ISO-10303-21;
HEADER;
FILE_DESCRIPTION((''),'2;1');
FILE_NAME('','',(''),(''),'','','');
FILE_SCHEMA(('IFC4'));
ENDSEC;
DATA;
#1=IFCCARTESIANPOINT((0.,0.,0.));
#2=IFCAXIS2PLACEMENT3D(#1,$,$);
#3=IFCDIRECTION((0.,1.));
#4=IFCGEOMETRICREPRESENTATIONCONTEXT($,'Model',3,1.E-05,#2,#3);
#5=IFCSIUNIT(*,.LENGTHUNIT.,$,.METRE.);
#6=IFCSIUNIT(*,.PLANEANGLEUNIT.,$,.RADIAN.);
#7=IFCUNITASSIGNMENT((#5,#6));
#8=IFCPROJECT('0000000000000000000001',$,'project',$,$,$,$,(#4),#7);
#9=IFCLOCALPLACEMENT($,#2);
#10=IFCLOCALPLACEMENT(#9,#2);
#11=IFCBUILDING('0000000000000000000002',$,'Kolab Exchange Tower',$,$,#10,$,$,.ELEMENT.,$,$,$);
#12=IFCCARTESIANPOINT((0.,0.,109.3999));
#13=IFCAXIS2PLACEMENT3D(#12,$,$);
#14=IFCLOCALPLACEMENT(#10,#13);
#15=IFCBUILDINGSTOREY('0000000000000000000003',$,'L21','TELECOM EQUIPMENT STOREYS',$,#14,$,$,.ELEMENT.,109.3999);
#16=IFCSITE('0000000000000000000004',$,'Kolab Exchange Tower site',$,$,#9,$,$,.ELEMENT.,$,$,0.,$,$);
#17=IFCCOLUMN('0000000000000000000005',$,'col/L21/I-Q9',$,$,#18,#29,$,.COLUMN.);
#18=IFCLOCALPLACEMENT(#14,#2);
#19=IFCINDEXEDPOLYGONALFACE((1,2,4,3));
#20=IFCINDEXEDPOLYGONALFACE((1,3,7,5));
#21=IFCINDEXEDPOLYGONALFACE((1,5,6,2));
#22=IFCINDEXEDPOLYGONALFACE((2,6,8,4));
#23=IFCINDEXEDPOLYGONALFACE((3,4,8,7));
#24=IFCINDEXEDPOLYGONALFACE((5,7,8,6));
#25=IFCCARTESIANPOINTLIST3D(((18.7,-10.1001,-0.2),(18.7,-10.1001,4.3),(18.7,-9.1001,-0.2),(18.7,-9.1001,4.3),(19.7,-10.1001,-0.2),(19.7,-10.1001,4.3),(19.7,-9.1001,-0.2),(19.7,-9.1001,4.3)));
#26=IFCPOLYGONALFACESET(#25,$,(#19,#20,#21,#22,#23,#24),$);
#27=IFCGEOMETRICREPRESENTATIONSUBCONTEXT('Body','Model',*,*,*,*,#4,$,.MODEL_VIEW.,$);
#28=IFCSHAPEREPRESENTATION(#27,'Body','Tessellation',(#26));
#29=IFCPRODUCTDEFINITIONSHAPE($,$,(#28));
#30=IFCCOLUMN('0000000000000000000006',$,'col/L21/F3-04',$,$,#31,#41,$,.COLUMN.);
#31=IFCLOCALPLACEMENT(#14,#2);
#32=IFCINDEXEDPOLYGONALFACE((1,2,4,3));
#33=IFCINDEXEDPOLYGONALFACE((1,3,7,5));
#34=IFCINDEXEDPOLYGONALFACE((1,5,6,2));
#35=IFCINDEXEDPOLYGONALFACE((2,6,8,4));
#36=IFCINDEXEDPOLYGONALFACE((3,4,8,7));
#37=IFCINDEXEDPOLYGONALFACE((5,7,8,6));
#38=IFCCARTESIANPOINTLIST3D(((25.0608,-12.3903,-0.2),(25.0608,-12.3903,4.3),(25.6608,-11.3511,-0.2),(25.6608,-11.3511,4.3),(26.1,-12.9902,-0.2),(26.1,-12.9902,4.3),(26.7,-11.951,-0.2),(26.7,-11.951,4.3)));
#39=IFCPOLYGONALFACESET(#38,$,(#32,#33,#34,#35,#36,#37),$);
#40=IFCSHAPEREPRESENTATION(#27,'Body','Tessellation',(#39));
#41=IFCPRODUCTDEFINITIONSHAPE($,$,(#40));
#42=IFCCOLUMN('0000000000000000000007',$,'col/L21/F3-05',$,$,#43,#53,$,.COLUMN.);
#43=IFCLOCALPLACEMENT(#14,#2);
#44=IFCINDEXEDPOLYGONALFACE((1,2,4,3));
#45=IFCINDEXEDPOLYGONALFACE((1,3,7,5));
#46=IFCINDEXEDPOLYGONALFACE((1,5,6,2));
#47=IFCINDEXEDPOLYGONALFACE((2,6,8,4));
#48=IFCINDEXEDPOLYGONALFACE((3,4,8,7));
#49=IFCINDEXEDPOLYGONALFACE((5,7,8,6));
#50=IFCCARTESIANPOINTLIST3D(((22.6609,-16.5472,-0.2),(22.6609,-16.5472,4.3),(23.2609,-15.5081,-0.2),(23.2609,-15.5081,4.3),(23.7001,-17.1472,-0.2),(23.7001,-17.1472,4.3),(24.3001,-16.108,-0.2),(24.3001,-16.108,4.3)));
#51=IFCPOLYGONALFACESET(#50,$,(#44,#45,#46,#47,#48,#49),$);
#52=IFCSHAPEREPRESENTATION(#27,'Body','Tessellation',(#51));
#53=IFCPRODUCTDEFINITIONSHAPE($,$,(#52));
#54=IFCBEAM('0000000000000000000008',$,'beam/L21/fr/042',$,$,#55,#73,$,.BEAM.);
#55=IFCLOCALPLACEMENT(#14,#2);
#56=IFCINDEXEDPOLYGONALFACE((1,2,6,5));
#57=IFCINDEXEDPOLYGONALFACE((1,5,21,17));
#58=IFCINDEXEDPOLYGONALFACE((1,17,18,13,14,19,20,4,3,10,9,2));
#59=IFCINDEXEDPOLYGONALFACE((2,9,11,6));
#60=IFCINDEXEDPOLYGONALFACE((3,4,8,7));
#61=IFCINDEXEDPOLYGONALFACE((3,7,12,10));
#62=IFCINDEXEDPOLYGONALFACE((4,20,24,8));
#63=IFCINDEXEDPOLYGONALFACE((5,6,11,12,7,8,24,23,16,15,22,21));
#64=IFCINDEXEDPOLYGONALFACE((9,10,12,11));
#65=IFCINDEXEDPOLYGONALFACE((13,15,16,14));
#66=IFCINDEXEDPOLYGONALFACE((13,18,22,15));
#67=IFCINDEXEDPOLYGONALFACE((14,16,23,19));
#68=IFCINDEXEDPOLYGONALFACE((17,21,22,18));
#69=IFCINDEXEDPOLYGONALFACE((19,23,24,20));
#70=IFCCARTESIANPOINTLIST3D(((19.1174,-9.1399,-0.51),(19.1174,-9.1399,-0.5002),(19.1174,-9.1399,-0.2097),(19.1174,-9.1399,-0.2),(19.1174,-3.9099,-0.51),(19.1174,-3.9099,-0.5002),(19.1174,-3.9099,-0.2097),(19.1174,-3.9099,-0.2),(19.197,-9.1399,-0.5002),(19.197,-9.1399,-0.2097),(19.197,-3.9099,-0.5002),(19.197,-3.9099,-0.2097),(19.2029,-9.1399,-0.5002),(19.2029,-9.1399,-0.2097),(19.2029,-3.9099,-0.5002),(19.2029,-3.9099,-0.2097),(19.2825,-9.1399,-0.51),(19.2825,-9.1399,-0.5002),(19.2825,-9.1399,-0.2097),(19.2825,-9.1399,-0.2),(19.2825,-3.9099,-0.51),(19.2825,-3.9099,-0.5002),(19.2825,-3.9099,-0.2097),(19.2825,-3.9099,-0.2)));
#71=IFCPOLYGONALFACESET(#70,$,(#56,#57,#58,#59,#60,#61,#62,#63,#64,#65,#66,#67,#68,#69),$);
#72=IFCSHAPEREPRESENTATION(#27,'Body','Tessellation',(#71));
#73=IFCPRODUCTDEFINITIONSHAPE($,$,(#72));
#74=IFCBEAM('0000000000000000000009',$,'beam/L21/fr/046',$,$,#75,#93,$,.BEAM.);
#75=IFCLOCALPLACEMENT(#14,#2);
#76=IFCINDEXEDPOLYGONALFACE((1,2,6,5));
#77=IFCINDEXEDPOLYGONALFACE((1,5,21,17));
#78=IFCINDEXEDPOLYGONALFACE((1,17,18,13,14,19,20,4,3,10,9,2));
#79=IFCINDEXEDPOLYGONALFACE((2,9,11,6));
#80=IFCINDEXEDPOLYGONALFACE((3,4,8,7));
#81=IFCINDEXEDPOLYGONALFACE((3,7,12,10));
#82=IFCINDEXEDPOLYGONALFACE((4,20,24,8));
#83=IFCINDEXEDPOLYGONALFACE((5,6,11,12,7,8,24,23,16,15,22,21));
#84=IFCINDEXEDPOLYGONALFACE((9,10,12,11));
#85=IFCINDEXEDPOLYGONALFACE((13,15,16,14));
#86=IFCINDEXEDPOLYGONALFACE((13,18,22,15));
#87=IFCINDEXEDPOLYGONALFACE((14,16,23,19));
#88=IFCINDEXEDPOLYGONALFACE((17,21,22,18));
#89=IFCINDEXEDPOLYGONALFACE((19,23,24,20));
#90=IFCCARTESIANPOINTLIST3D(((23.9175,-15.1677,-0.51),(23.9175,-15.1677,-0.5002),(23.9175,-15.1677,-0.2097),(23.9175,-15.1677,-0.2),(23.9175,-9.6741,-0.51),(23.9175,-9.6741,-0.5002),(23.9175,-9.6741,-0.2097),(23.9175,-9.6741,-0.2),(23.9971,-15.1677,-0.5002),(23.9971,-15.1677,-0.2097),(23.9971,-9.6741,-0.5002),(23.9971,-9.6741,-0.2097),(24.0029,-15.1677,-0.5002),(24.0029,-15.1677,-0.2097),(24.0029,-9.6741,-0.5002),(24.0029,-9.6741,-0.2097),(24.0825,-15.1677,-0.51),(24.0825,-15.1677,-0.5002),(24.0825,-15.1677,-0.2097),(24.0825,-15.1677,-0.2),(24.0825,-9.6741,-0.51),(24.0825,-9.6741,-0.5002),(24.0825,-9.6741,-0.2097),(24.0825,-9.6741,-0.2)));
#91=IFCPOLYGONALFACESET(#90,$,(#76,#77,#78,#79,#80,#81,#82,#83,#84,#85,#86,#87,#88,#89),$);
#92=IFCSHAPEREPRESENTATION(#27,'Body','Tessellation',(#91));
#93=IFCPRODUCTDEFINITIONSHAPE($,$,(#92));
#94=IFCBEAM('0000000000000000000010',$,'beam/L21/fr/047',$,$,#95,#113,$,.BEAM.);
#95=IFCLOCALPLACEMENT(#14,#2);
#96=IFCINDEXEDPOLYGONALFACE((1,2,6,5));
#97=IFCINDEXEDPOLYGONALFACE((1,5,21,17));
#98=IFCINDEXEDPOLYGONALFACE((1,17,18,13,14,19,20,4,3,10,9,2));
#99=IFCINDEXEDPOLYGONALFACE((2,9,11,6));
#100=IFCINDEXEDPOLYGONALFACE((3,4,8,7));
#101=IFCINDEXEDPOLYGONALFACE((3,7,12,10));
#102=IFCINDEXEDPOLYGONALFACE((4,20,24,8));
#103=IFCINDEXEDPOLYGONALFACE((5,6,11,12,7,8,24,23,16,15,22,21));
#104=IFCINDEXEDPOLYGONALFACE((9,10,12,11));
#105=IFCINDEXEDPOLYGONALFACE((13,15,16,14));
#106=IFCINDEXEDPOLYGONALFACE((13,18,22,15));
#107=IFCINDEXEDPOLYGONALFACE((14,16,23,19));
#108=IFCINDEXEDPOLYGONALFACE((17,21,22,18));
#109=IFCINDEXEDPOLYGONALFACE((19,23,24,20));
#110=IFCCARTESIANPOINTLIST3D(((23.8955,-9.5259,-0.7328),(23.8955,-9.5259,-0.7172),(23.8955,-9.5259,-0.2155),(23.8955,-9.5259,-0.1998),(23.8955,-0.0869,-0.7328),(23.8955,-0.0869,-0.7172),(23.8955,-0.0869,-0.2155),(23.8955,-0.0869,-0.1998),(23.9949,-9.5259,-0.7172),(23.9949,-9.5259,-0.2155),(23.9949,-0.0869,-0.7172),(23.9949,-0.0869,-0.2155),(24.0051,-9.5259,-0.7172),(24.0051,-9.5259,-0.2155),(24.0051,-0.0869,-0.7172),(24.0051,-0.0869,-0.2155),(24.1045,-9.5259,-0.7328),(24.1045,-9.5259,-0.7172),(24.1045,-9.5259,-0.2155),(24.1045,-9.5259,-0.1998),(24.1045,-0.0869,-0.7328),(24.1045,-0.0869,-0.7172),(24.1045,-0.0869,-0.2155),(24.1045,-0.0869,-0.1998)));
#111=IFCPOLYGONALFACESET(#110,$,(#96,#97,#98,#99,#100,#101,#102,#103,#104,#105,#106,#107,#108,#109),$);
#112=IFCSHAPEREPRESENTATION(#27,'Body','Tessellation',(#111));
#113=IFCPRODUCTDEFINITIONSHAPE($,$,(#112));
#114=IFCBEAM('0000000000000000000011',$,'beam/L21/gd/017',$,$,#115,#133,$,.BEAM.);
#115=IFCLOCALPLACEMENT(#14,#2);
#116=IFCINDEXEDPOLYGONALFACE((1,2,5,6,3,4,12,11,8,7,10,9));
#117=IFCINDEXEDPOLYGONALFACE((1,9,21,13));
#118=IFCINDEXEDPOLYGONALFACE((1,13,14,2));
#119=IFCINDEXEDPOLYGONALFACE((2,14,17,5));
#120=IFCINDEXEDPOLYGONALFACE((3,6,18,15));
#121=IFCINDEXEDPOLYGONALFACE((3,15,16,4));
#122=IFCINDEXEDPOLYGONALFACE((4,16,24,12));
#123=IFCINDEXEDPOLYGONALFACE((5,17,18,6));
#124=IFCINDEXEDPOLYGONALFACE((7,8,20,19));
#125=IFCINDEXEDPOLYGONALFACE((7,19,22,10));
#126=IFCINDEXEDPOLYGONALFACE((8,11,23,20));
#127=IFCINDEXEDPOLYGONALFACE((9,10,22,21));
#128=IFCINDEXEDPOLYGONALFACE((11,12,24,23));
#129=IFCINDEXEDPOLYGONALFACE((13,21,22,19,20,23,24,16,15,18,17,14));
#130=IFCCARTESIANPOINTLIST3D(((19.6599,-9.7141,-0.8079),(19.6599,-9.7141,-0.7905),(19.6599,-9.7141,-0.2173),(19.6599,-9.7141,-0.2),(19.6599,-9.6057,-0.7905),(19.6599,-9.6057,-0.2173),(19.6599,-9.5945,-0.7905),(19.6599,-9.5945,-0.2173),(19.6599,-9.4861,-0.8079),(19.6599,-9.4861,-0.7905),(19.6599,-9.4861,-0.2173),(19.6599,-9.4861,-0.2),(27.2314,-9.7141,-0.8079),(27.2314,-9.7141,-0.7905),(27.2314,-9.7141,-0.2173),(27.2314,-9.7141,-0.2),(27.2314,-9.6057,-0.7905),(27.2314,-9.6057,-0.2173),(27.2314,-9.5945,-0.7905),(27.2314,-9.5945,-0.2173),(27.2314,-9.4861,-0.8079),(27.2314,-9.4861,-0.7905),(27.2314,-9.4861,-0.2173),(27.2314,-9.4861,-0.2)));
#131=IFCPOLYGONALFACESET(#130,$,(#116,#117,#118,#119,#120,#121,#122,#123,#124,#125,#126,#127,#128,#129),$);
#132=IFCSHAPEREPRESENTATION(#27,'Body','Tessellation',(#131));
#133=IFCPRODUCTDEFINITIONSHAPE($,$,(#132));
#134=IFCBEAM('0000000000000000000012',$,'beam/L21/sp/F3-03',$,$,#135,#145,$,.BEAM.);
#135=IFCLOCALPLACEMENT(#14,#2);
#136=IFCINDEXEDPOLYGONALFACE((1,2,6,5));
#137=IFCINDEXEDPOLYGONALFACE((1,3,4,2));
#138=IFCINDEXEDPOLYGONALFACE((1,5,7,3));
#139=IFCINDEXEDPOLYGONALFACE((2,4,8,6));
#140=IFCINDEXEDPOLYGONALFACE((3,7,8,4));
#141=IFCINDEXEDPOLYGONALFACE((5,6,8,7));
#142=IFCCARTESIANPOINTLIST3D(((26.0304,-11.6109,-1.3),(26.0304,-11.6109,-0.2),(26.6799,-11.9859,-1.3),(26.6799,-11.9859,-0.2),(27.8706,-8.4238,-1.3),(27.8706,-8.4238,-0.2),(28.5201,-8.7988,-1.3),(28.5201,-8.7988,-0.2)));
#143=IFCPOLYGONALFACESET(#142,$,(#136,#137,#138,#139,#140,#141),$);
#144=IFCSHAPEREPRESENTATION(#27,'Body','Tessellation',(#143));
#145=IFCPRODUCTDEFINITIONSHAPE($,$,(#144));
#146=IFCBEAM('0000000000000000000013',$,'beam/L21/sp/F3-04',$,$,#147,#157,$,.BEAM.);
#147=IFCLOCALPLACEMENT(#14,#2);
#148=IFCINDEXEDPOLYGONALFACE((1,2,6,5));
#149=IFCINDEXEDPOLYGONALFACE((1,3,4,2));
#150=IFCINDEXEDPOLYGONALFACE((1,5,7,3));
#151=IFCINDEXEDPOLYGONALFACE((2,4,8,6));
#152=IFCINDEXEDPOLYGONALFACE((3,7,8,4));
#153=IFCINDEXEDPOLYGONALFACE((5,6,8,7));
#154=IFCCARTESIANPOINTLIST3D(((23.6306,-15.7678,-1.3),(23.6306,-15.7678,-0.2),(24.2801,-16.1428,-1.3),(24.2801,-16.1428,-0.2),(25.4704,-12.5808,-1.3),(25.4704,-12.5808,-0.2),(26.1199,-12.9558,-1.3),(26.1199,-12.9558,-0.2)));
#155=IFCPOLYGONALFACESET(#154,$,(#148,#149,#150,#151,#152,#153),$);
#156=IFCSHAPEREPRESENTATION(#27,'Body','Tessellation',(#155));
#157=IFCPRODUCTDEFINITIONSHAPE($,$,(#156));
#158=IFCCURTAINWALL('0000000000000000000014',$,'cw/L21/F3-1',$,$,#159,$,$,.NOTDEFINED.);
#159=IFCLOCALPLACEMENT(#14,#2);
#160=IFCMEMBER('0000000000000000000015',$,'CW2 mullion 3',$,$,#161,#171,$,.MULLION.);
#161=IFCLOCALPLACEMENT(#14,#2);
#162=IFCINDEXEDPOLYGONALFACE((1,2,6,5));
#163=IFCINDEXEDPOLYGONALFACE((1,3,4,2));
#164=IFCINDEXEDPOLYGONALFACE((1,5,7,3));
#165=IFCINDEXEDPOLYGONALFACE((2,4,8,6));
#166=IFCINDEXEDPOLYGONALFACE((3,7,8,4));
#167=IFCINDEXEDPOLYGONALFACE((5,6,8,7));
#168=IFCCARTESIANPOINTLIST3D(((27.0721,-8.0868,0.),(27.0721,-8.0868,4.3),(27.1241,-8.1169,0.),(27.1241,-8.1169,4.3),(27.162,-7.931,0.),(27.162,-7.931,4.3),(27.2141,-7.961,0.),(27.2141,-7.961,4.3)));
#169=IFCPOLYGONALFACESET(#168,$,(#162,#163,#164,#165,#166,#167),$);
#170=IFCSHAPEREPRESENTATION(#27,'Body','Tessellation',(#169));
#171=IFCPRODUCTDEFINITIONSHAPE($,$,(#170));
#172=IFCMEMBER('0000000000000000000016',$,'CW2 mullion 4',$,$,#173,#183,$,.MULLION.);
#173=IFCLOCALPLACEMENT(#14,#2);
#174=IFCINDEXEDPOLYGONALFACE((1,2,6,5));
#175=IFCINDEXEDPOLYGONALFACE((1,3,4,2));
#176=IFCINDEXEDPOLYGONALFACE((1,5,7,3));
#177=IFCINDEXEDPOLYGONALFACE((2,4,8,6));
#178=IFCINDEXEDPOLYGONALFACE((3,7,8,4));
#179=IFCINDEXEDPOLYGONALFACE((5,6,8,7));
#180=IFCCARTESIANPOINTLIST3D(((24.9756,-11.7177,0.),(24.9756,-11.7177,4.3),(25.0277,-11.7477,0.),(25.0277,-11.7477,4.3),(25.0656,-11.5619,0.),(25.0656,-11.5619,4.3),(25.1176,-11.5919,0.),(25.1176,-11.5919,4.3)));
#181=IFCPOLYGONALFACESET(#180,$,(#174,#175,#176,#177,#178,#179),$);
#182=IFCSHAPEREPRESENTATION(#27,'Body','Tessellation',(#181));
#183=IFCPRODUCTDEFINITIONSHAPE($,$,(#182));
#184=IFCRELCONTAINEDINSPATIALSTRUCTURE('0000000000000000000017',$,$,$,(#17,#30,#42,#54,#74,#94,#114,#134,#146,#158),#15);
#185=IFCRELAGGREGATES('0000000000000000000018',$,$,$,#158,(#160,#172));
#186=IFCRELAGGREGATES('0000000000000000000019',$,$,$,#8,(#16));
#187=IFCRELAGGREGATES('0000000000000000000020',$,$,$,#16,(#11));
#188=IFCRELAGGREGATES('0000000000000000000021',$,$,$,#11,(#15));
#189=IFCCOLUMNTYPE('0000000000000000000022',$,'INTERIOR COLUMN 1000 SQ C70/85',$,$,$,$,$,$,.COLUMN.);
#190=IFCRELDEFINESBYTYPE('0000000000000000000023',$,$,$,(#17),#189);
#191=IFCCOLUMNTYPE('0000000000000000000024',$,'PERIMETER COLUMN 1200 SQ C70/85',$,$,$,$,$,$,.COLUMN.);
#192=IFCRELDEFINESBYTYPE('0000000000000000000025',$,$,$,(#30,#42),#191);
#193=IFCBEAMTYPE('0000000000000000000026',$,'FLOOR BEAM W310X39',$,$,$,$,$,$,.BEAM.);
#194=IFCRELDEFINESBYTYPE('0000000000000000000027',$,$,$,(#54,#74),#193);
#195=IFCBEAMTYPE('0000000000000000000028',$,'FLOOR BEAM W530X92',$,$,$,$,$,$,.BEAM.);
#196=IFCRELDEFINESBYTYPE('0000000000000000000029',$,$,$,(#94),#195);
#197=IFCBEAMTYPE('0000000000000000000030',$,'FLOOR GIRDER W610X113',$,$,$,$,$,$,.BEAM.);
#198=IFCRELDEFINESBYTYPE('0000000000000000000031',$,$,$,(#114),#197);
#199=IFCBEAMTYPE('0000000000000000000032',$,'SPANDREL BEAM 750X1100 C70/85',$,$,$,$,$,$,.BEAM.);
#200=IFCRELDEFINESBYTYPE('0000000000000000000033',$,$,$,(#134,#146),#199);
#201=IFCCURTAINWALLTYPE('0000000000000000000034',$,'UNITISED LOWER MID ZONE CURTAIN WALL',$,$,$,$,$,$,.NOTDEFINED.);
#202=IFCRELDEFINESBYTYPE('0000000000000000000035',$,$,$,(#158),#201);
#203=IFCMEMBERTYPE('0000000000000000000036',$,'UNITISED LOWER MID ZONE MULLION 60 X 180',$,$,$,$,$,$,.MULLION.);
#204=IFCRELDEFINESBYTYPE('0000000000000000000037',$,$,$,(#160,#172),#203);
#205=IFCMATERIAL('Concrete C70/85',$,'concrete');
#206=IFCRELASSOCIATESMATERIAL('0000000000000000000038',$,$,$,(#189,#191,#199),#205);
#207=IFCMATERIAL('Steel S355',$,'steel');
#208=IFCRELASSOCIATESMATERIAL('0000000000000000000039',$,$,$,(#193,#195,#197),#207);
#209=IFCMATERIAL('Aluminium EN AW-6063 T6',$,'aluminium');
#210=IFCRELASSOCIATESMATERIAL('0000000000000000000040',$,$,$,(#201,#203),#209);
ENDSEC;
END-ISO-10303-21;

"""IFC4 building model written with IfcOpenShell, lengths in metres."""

from ifc_helpers import new_model, si_unit, direction, frame, origin, origin_2d, place, context, subcontext, project, spatial, rectangle, i_section, extrude, material, material_profile, profile_set, type_object, element, aggregate, save


model = new_model("IFC4")

# Units and contexts
model_context = context("Model", 3, precision=1e-05, world=origin(), true_north=direction((0.0, 1.0)))
body_context = subcontext(model_context, "Body", "Model", "MODEL_VIEW")
ifc_project = project(units=[si_unit("LENGTHUNIT", "METRE"), si_unit("PLANEANGLEUNIT", "RADIAN")], contexts=[model_context])

# Site, building, storey
site_placement = place(None, origin())
site = spatial("IfcSite", under=ifc_project, at=site_placement, Name="Kolab Exchange Tower site", CompositionType="ELEMENT", RefElevation=0.0)
building_placement = place(site_placement, origin())
building = spatial("IfcBuilding", under=site, at=building_placement, Name="Kolab Exchange Tower", CompositionType="ELEMENT")
storey_placement = place(building_placement, frame((0.0, 0.0, 109.3999)))
storey = spatial("IfcBuildingStorey", under=building, at=storey_placement, Name="L21", Description="TELECOM EQUIPMENT STOREYS", CompositionType="ELEMENT", Elevation=109.3999)

# Columns
ifc_material_1 = material(Name="Concrete C70/85", Category="concrete")
ifc_material_profile_1 = material_profile(ifc_material_1, rectangle(XDim=1.0, YDim=1.0, at=origin_2d()), Name="RC1000")
ifc_profile_set_1 = profile_set([ifc_material_profile_1], Name="Concrete C70/85")
column_type_1 = type_object("IfcColumnType", Name="INTERIOR COLUMN 1000 SQ C70/85", PredefinedType="COLUMN", material=ifc_profile_set_1)
column_placement = place(storey_placement, frame((19.2, -9.6001, -0.2), z_axis=(0.0, 0.0, 1.0), x_axis=(1.0, 0.0, 0.0)))
element("IfcColumn", 1, at=column_placement, inside=storey, type_object=column_type_1, Name="col/L21/I-Q9", PredefinedType="COLUMN", context=body_context, shape_type="SweptSolid", body=[
    extrude(rectangle(XDim=1.0, YDim=1.0, at=origin_2d()), origin(), (0.0, 0.0, 1.0), 4.5),
])
ifc_material_profile_2 = material_profile(ifc_material_1, rectangle(XDim=1.2, YDim=1.2, at=origin_2d()), Name="RC1200")
ifc_profile_set_2 = profile_set([ifc_material_profile_2], Name="Concrete C70/85")
column_type_2 = type_object("IfcColumnType", Name="PERIMETER COLUMN 1200 SQ C70/85", PredefinedType="COLUMN", material=ifc_profile_set_2)
for number, where, z_axis, x_axis, name in (
    (2, (25.8804, -12.1707, -0.2), (0.0, 0.0, 1.0), (0.5, 0.866025, 0.0), "col/L21/F3-04"),
    (3, (23.4805, -16.3276, -0.2), (0.0, 0.0, 1.0), (0.5, 0.866025, 0.0), "col/L21/F3-05"),
):
    element("IfcColumn", number, at=place(storey_placement, frame(where, z_axis=z_axis, x_axis=x_axis)), inside=storey, type_object=column_type_2, Name=name, PredefinedType="COLUMN", context=body_context, shape_type="SweptSolid", body=[
        extrude(rectangle(XDim=1.2, YDim=1.2, at=origin_2d()), origin(), (0.0, 0.0, 1.0), 4.5),
    ])

# Beams
ifc_material_2 = material(Name="Steel S355", Category="steel")
ifc_material_profile_3 = material_profile(ifc_material_2, i_section(OverallWidth=0.165, OverallDepth=0.3101, WebThickness=0.0059, FlangeThickness=0.0098, at=origin_2d()), Name="W310X39")
ifc_profile_set_3 = profile_set([ifc_material_profile_3], Name="Steel S355")
beam_type_1 = type_object("IfcBeamType", Name="FLOOR BEAM W310X39", PredefinedType="BEAM", material=ifc_profile_set_3)
beam_1_placement = place(storey_placement, frame((19.2, -9.1399, -0.355), z_axis=(0.0, 1.0, 0.0), x_axis=(-1.0, 0.0, 0.0)))
element("IfcBeam", 4, at=beam_1_placement, inside=storey, type_object=beam_type_1, Name="beam/L21/fr/042", PredefinedType="BEAM", context=body_context, shape_type="SweptSolid", body=[
    extrude(i_section(OverallWidth=0.165, OverallDepth=0.3101, WebThickness=0.0059, FlangeThickness=0.0098, at=origin_2d()), origin(), (0.0, 0.0, 1.0), 5.23),
])
beam_2_placement = place(storey_placement, frame((24.0, -15.1677, -0.355), z_axis=(0.0, 1.0, 0.0), x_axis=(-1.0, 0.0, 0.0)))
element("IfcBeam", 5, at=beam_2_placement, inside=storey, type_object=beam_type_1, Name="beam/L21/fr/046", PredefinedType="BEAM", context=body_context, shape_type="SweptSolid", body=[
    extrude(i_section(OverallWidth=0.165, OverallDepth=0.3101, WebThickness=0.0059, FlangeThickness=0.0098, at=origin_2d()), origin(), (0.0, 0.0, 1.0), 5.4937),
])
ifc_material_profile_4 = material_profile(ifc_material_2, i_section(OverallWidth=0.209, OverallDepth=0.533, WebThickness=0.0103, FlangeThickness=0.0156, at=origin_2d()), Name="W530X92")
ifc_profile_set_4 = profile_set([ifc_material_profile_4], Name="Steel S355")
beam_type_2 = type_object("IfcBeamType", Name="FLOOR BEAM W530X92", PredefinedType="BEAM", material=ifc_profile_set_4)
beam_3_placement = place(storey_placement, frame((24.0, -9.5259, -0.4663), z_axis=(0.0, 1.0, 0.0), x_axis=(-1.0, 0.0, 0.0)))
element("IfcBeam", 6, at=beam_3_placement, inside=storey, type_object=beam_type_2, Name="beam/L21/fr/047", PredefinedType="BEAM", context=body_context, shape_type="SweptSolid", body=[
    extrude(i_section(OverallWidth=0.209, OverallDepth=0.533, WebThickness=0.0103, FlangeThickness=0.0156, at=origin_2d()), origin(), (0.0, 0.0, 1.0), 9.439),
])
ifc_material_profile_5 = material_profile(ifc_material_2, i_section(OverallWidth=0.228, OverallDepth=0.6079, WebThickness=0.0112, FlangeThickness=0.0173, at=origin_2d()), Name="W610X113")
ifc_profile_set_5 = profile_set([ifc_material_profile_5], Name="Steel S355")
beam_type_3 = type_object("IfcBeamType", Name="FLOOR GIRDER W610X113", PredefinedType="BEAM", material=ifc_profile_set_5)
beam_4_placement = place(storey_placement, frame((19.6599, -9.6001, -0.5039), z_axis=(1.0, 0.0, 0.0), x_axis=(0.0, 1.0, 0.0)))
element("IfcBeam", 7, at=beam_4_placement, inside=storey, type_object=beam_type_3, Name="beam/L21/gd/017", PredefinedType="BEAM", context=body_context, shape_type="SweptSolid", body=[
    extrude(i_section(OverallWidth=0.228, OverallDepth=0.6079, WebThickness=0.0112, FlangeThickness=0.0173, at=origin_2d()), origin(), (0.0, 0.0, 1.0), 7.5715),
])
ifc_material_profile_6 = material_profile(ifc_material_1, rectangle(XDim=0.75, YDim=1.1001, at=origin_2d()), Name="RC750X1100")
ifc_profile_set_6 = profile_set([ifc_material_profile_6], Name="Concrete C70/85")
beam_type_4 = type_object("IfcBeamType", Name="SPANDREL BEAM 750X1100 C70/85", PredefinedType="BEAM", material=ifc_profile_set_6)
beam_5_placement = place(storey_placement, frame((28.1953, -8.6113, -0.75), z_axis=(-0.500013, -0.866018, 0.0), x_axis=(0.866018, -0.500013, 0.0)))
element("IfcBeam", 8, at=beam_5_placement, inside=storey, type_object=beam_type_4, Name="beam/L21/sp/F3-03", PredefinedType="BEAM", context=body_context, shape_type="SweptSolid", body=[
    extrude(rectangle(XDim=0.75, YDim=1.1001, at=origin_2d()), origin(), (0.0, 0.0, 1.0), 3.6802),
])
beam_6_placement = place(storey_placement, frame((25.7952, -12.7683, -0.75), z_axis=(-0.499964, -0.866046, 0.0), x_axis=(0.866046, -0.499964, 0.0)))
element("IfcBeam", 9, at=beam_6_placement, inside=storey, type_object=beam_type_4, Name="beam/L21/sp/F3-04", PredefinedType="BEAM", context=body_context, shape_type="SweptSolid", body=[
    extrude(rectangle(XDim=0.75, YDim=1.1001, at=origin_2d()), origin(), (0.0, 0.0, 1.0), 3.6799),
])

# Curtain wall, members
ifc_material_3 = material(Name="Aluminium EN AW-6063 T6", Category="aluminium")
curtain_wall_type = type_object("IfcCurtainWallType", Name="UNITISED LOWER MID ZONE CURTAIN WALL", PredefinedType="NOTDEFINED", material=ifc_material_3)
curtain_wall_1_placement = place(storey_placement, origin())
curtain_wall_1 = element("IfcCurtainWall", 10, at=curtain_wall_1_placement, inside=storey, type_object=curtain_wall_type, Name="cw/L21/F3-1", PredefinedType="NOTDEFINED")
ifc_material_profile_7 = material_profile(ifc_material_3, rectangle(XDim=0.0601, YDim=0.1799, at=origin_2d()), Name="RECT 60X180")
ifc_profile_set_7 = profile_set([ifc_material_profile_7], Name="Aluminium EN AW-6063 T6")
member_type_1 = type_object("IfcMemberType", Name="UNITISED LOWER MID ZONE MULLION 60 X 180", PredefinedType="MULLION", material=ifc_profile_set_7)
member_1_placement = place(storey_placement, frame((27.1431, -8.0239, 0.0), z_axis=(0.0, 0.0, 1.0), x_axis=(0.866025, -0.5, 0.0)))
member_1 = element("IfcMember", 11, at=member_1_placement, type_object=member_type_1, Name="CW2 mullion 3", PredefinedType="MULLION", context=body_context, shape_type="SweptSolid", body=[
    extrude(rectangle(XDim=0.0601, YDim=0.1799, at=origin_2d()), origin(), (0.0, 0.0, 1.0), 4.3),
])
member_2_placement = place(storey_placement, frame((25.0466, -11.6548, 0.0), z_axis=(0.0, 0.0, 1.0), x_axis=(0.866025, -0.5, 0.0)))
member_2 = element("IfcMember", 12, at=member_2_placement, type_object=member_type_1, Name="CW2 mullion 4", PredefinedType="MULLION", context=body_context, shape_type="SweptSolid", body=[
    extrude(rectangle(XDim=0.0601, YDim=0.1799, at=origin_2d()), origin(), (0.0, 0.0, 1.0), 4.3),
])

aggregate(curtain_wall_1, [member_1, member_2])

save(model, "model.ifc")
